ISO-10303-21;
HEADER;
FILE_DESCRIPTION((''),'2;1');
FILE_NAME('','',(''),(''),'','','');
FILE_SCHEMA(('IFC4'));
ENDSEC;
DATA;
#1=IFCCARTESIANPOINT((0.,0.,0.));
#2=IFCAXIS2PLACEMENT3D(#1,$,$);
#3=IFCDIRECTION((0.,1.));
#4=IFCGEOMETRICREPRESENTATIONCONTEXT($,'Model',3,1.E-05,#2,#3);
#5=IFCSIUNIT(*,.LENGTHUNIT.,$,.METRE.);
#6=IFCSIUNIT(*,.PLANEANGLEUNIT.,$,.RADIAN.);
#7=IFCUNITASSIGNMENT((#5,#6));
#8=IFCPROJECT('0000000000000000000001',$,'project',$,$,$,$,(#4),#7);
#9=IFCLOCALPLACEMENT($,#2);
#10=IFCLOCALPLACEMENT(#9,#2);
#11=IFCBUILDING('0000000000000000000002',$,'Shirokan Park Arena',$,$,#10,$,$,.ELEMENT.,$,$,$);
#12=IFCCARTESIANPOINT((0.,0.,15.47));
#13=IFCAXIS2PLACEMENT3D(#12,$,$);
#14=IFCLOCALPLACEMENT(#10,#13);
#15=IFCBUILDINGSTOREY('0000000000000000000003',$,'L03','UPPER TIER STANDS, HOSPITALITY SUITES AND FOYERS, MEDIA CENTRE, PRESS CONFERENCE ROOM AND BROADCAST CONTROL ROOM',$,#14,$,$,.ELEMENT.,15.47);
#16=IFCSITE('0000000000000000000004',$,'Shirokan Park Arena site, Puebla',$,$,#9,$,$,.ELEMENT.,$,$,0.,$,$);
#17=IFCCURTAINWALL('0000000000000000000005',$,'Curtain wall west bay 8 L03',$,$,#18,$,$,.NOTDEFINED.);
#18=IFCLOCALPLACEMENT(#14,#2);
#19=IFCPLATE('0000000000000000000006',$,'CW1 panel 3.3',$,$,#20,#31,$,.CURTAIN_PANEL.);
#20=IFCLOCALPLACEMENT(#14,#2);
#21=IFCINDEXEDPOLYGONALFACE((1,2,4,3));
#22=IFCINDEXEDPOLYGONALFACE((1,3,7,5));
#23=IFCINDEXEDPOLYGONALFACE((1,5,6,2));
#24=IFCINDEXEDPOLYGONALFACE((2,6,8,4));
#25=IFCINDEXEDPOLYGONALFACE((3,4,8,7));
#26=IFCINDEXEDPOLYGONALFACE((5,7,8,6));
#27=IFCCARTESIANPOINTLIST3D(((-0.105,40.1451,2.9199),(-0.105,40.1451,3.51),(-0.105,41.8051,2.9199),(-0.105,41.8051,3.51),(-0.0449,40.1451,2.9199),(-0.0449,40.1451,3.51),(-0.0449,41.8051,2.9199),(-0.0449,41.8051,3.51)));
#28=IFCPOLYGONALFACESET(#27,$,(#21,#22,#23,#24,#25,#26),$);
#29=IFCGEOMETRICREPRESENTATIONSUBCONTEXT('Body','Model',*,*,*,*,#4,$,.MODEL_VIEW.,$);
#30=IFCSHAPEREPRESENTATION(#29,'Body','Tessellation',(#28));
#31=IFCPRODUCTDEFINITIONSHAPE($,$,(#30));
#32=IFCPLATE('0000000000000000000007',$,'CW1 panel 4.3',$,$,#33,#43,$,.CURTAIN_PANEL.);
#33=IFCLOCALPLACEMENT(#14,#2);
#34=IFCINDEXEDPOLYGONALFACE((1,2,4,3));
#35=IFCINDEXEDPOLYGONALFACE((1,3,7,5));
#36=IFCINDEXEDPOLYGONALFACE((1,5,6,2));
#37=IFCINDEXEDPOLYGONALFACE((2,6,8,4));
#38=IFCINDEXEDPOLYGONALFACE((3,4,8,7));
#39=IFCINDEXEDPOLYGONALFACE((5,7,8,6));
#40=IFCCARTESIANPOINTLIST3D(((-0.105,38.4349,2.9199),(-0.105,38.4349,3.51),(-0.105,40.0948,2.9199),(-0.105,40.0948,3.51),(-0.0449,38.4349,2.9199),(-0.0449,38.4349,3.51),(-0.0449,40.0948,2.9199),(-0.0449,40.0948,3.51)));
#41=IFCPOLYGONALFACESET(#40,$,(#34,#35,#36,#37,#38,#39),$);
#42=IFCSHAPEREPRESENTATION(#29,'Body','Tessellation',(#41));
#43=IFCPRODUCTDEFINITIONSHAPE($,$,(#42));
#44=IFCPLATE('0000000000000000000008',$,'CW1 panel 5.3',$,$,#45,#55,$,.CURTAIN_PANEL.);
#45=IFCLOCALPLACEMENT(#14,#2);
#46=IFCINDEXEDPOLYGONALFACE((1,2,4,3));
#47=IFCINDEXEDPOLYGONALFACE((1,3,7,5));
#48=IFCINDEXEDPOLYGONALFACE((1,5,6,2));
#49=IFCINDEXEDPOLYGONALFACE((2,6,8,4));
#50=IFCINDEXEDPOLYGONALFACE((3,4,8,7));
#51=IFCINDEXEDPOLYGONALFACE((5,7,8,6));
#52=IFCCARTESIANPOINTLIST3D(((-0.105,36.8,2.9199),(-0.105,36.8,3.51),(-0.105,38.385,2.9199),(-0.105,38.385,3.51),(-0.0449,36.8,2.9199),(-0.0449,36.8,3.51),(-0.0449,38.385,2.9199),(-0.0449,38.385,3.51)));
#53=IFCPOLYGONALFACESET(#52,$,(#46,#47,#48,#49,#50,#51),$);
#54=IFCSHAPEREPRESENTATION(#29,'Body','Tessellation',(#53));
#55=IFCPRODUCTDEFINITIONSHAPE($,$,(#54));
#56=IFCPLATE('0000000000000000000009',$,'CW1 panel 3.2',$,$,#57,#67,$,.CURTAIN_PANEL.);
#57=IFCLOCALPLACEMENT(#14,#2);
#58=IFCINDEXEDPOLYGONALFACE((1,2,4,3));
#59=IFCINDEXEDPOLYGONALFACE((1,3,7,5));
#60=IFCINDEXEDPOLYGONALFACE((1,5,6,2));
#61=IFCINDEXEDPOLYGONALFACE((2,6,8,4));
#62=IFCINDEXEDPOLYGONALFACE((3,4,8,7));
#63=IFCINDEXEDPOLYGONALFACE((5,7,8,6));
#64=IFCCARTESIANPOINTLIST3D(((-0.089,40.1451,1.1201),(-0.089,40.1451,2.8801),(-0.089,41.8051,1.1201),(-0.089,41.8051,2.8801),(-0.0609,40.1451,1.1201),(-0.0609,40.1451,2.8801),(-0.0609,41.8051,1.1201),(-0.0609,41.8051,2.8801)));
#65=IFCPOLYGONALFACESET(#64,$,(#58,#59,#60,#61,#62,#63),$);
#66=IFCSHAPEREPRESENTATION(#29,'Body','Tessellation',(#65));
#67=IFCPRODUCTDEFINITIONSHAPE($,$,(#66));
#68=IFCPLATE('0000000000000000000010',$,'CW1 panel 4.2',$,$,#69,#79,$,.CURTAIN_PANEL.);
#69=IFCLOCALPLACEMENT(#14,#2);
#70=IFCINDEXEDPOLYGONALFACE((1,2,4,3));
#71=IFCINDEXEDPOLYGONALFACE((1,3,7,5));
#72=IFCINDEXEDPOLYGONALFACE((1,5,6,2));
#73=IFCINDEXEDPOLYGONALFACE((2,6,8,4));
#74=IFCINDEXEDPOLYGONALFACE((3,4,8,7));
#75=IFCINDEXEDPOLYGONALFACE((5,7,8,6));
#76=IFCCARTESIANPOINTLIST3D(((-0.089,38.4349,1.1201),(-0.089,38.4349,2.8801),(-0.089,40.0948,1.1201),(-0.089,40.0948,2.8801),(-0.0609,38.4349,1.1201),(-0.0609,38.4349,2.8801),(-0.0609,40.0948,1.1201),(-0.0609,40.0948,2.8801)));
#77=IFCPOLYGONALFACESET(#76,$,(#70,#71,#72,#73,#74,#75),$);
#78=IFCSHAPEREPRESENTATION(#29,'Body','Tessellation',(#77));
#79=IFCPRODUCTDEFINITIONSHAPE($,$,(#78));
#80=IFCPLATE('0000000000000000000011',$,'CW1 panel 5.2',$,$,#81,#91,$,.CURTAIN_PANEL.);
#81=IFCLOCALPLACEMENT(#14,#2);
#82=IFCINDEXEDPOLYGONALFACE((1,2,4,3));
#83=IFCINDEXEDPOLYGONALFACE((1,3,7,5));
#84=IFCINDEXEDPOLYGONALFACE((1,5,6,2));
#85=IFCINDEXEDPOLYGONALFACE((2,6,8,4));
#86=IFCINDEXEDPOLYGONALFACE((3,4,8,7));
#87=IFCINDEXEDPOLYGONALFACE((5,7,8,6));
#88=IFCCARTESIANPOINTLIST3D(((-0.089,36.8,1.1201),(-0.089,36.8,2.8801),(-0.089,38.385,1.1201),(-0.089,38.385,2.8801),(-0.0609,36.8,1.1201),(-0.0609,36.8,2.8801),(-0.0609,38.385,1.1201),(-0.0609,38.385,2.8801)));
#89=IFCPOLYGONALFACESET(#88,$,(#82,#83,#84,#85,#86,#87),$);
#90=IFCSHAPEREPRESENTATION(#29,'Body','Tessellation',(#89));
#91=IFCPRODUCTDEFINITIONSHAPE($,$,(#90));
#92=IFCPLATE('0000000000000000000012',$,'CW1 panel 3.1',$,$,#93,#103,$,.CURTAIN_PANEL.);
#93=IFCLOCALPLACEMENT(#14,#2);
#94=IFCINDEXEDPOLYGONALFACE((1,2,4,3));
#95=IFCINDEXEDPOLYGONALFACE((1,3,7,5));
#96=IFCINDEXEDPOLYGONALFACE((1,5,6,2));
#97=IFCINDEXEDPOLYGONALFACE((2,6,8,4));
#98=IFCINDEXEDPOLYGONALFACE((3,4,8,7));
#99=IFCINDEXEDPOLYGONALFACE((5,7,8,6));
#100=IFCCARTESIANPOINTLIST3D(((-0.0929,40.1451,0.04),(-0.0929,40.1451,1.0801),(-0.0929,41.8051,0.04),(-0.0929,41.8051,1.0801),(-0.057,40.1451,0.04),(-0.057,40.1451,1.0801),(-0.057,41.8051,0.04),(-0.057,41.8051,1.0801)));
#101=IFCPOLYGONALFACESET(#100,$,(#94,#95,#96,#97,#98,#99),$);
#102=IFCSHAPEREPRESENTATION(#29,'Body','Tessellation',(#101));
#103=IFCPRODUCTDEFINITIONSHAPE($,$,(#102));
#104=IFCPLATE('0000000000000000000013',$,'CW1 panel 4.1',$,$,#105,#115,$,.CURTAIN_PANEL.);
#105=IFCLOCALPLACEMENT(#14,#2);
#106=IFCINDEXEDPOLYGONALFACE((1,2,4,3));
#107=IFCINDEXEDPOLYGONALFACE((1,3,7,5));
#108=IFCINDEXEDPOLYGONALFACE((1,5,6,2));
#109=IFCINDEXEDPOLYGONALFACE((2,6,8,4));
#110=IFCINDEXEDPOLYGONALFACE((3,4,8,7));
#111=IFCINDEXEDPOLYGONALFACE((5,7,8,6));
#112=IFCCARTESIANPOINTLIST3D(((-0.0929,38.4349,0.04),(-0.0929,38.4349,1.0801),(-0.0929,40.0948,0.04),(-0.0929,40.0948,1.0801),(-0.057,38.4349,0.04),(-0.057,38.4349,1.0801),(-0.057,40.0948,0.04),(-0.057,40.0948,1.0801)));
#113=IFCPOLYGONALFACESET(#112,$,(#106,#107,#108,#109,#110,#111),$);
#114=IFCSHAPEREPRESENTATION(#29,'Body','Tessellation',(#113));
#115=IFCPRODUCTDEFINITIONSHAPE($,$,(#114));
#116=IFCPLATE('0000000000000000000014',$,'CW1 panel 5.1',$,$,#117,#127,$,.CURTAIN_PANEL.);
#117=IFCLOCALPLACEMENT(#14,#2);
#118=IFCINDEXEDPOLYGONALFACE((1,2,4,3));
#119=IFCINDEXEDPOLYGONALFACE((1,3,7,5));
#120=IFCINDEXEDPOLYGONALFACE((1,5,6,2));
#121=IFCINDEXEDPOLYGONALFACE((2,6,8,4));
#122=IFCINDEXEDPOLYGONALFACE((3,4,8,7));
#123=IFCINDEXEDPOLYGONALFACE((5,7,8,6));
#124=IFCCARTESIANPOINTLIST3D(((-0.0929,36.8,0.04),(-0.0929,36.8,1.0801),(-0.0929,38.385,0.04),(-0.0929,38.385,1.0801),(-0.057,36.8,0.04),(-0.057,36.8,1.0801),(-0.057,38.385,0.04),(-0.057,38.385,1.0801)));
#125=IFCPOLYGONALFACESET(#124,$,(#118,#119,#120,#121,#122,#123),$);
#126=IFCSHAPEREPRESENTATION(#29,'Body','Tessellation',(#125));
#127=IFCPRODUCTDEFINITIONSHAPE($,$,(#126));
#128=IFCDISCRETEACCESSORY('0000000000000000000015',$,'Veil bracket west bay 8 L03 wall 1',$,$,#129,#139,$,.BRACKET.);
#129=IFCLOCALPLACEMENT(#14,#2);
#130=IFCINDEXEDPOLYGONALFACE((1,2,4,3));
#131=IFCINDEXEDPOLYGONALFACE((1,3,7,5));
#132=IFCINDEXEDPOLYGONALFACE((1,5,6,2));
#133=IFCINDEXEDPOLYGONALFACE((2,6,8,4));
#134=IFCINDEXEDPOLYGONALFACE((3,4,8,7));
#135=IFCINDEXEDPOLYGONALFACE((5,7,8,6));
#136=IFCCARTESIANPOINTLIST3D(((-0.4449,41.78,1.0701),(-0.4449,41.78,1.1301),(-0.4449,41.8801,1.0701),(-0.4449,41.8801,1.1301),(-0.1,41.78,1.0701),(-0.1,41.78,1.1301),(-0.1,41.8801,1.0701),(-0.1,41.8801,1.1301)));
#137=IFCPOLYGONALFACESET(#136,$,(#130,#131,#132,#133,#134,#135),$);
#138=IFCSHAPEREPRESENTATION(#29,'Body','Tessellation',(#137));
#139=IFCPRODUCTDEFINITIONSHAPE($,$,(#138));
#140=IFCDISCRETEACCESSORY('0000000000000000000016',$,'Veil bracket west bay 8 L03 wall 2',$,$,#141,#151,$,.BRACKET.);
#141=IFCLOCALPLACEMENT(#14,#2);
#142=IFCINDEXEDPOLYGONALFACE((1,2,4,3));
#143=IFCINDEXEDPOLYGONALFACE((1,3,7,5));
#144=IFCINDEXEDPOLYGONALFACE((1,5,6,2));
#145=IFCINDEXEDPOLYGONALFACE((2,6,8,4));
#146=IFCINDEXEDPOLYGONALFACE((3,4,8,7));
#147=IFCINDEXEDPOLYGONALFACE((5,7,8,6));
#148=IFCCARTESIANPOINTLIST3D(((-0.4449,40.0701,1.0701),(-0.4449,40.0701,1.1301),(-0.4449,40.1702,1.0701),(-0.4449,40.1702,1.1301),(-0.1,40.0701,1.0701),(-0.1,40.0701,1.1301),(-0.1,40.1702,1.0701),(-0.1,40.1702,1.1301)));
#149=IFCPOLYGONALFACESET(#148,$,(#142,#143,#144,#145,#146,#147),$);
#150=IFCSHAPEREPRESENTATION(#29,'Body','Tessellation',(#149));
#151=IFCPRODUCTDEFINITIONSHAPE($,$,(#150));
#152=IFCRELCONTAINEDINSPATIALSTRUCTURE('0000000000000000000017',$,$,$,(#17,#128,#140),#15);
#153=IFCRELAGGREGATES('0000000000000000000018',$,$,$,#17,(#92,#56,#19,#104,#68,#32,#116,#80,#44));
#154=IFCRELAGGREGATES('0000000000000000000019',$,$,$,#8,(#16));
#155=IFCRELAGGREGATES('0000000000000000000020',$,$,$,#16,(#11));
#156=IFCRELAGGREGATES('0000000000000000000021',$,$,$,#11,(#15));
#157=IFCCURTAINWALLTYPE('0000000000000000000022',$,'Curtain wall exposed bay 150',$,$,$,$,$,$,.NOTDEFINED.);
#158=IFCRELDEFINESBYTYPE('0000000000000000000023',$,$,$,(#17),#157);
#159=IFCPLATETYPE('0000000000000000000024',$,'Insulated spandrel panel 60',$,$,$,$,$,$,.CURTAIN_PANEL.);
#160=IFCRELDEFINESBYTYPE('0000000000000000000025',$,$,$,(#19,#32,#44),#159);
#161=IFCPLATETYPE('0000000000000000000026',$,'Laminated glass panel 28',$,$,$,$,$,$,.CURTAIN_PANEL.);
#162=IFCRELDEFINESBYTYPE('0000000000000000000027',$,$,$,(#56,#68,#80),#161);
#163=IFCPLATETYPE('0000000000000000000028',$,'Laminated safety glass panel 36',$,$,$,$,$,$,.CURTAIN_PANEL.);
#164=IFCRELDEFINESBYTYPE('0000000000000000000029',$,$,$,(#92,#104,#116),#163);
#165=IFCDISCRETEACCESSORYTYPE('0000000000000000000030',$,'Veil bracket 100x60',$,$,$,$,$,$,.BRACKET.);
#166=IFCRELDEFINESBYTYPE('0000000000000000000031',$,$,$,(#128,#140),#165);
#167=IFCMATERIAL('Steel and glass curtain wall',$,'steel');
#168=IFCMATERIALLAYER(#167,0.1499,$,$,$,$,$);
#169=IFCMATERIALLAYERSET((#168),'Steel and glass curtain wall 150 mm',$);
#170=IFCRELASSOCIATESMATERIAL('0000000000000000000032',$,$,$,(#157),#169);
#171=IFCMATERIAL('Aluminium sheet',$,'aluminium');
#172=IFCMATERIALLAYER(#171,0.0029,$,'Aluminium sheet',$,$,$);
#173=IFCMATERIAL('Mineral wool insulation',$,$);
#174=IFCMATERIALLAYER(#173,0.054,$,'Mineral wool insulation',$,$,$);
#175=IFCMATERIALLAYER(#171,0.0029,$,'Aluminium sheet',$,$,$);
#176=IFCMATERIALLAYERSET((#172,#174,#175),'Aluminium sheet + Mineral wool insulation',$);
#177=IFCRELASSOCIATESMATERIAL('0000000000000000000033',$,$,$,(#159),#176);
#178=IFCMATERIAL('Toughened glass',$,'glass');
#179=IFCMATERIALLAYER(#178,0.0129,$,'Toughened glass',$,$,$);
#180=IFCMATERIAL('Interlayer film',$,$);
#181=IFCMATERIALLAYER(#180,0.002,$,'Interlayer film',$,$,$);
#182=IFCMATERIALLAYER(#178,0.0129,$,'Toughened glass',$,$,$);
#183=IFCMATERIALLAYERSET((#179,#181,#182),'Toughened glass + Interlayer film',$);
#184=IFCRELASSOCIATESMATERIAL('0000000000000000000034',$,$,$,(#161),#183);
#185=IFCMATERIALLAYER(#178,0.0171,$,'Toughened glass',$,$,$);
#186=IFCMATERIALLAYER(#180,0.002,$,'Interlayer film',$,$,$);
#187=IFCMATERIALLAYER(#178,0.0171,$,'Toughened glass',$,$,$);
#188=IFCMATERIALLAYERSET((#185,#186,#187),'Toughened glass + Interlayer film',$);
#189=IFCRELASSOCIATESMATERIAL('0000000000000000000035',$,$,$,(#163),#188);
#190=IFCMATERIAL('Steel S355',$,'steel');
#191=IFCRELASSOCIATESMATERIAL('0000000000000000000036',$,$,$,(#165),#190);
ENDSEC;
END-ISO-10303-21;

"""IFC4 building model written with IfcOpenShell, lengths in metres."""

from ifc_helpers import new_model, si_unit, direction, frame, origin, origin_2d, place, context, subcontext, project, spatial, rectangle, extrude, material, layer, layer_set, type_object, element, aggregate, save


model = new_model("IFC4")

# Units and contexts
model_context = context("Model", 3, precision=1e-05, world=origin(), true_north=direction((0.0, 1.0)))
body_context = subcontext(model_context, "Body", "Model", "MODEL_VIEW")
ifc_project = project(units=[si_unit("LENGTHUNIT", "METRE"), si_unit("PLANEANGLEUNIT", "RADIAN")], contexts=[model_context])

# Site, building, storey
site_placement = place(None, origin())
site = spatial("IfcSite", under=ifc_project, at=site_placement, Name="Shirokan Park Arena site, Puebla", CompositionType="ELEMENT", RefElevation=0.0)
building_placement = place(site_placement, origin())
building = spatial("IfcBuilding", under=site, at=building_placement, Name="Shirokan Park Arena", CompositionType="ELEMENT")
storey_placement = place(building_placement, frame((0.0, 0.0, 15.47)))
storey = spatial("IfcBuildingStorey", under=building, at=storey_placement, Name="L03", Description="UPPER TIER STANDS, HOSPITALITY SUITES AND FOYERS, MEDIA CENTRE, PRESS CONFERENCE ROOM AND BROADCAST CONTROL ROOM", CompositionType="ELEMENT", Elevation=15.47)

# Curtain wall, plates
ifc_material_1 = material(Name="Steel and glass curtain wall", Category="steel")
ifc_layer_1 = layer(ifc_material_1, 0.1499)
ifc_layer_set_1 = layer_set([ifc_layer_1], Name="Steel and glass curtain wall 150 mm")
curtain_wall_type = type_object("IfcCurtainWallType", Name="Curtain wall exposed bay 150", PredefinedType="NOTDEFINED", material=ifc_layer_set_1)
curtain_wall_placement = place(storey_placement, origin())
curtain_wall = element("IfcCurtainWall", 1, at=curtain_wall_placement, inside=storey, type_object=curtain_wall_type, Name="Curtain wall west bay 8 L03", PredefinedType="NOTDEFINED")
ifc_material_2 = material(Name="Steel S355", Category="steel")
ifc_material_3 = material(Name="Aluminium sheet", Category="aluminium")
ifc_layer_2 = layer(ifc_material_3, 0.0029, Name="Aluminium sheet")
ifc_material_4 = material(Name="Mineral wool insulation")
ifc_layer_3 = layer(ifc_material_4, 0.054, Name="Mineral wool insulation")
ifc_layer_4 = layer(ifc_material_3, 0.0029, Name="Aluminium sheet")
ifc_layer_set_2 = layer_set([ifc_layer_2, ifc_layer_3, ifc_layer_4], Name="Aluminium sheet + Mineral wool insulation")
plate_type_1 = type_object("IfcPlateType", Name="Insulated spandrel panel 60", PredefinedType="CURTAIN_PANEL", material=ifc_layer_set_2)
plate_1_placement = place(storey_placement, frame((-0.075, 40.9751, 2.9199), z_axis=(0.0, 0.0, 1.0), x_axis=(0.0, -1.0, 0.0)))
plate_1 = element("IfcPlate", 2, at=plate_1_placement, type_object=plate_type_1, Name="CW1 panel 3.3", PredefinedType="CURTAIN_PANEL", context=body_context, shape_type="SweptSolid", body=[
    extrude(rectangle(XDim=1.6599, YDim=0.0601, at=origin_2d()), origin(), (0.0, 0.0, 1.0), 0.5901),
])
plate_2_placement = place(storey_placement, frame((-0.075, 39.2649, 2.9199), z_axis=(0.0, 0.0, 1.0), x_axis=(0.0, -1.0, 0.0)))
plate_2 = element("IfcPlate", 3, at=plate_2_placement, type_object=plate_type_1, Name="CW1 panel 4.3", PredefinedType="CURTAIN_PANEL", context=body_context, shape_type="SweptSolid", body=[
    extrude(rectangle(XDim=1.6599, YDim=0.0601, at=origin_2d()), origin(), (0.0, 0.0, 1.0), 0.5901),
])
plate_3_placement = place(storey_placement, frame((-0.075, 37.5925, 2.9199), z_axis=(0.0, 0.0, 1.0), x_axis=(0.0, -1.0, 0.0)))
plate_3 = element("IfcPlate", 4, at=plate_3_placement, type_object=plate_type_1, Name="CW1 panel 5.3", PredefinedType="CURTAIN_PANEL", context=body_context, shape_type="SweptSolid", body=[
    extrude(rectangle(XDim=1.585, YDim=0.0601, at=origin_2d()), origin(), (0.0, 0.0, 1.0), 0.5901),
])
ifc_material_5 = material(Name="Toughened glass", Category="glass")
ifc_layer_5 = layer(ifc_material_5, 0.0129, Name="Toughened glass")
ifc_material_6 = material(Name="Interlayer film")
ifc_layer_6 = layer(ifc_material_6, 0.002, Name="Interlayer film")
ifc_layer_7 = layer(ifc_material_5, 0.0129, Name="Toughened glass")
ifc_layer_set_3 = layer_set([ifc_layer_5, ifc_layer_6, ifc_layer_7], Name="Toughened glass + Interlayer film")
plate_type_2 = type_object("IfcPlateType", Name="Laminated glass panel 28", PredefinedType="CURTAIN_PANEL", material=ifc_layer_set_3)
plate_4_placement = place(storey_placement, frame((-0.075, 40.9751, 1.1201), z_axis=(0.0, 0.0, 1.0), x_axis=(0.0, -1.0, 0.0)))
plate_4 = element("IfcPlate", 5, at=plate_4_placement, type_object=plate_type_2, Name="CW1 panel 3.2", PredefinedType="CURTAIN_PANEL", context=body_context, shape_type="SweptSolid", body=[
    extrude(rectangle(XDim=1.6599, YDim=0.0281, at=origin_2d()), origin(), (0.0, 0.0, 1.0), 1.76),
])
plate_5_placement = place(storey_placement, frame((-0.075, 39.2649, 1.1201), z_axis=(0.0, 0.0, 1.0), x_axis=(0.0, -1.0, 0.0)))
plate_5 = element("IfcPlate", 6, at=plate_5_placement, type_object=plate_type_2, Name="CW1 panel 4.2", PredefinedType="CURTAIN_PANEL", context=body_context, shape_type="SweptSolid", body=[
    extrude(rectangle(XDim=1.6599, YDim=0.0281, at=origin_2d()), origin(), (0.0, 0.0, 1.0), 1.76),
])
plate_6_placement = place(storey_placement, frame((-0.075, 37.5925, 1.1201), z_axis=(0.0, 0.0, 1.0), x_axis=(0.0, -1.0, 0.0)))
plate_6 = element("IfcPlate", 7, at=plate_6_placement, type_object=plate_type_2, Name="CW1 panel 5.2", PredefinedType="CURTAIN_PANEL", context=body_context, shape_type="SweptSolid", body=[
    extrude(rectangle(XDim=1.585, YDim=0.0281, at=origin_2d()), origin(), (0.0, 0.0, 1.0), 1.76),
])
ifc_layer_8 = layer(ifc_material_5, 0.0171, Name="Toughened glass")
ifc_layer_9 = layer(ifc_material_6, 0.002, Name="Interlayer film")
ifc_layer_10 = layer(ifc_material_5, 0.0171, Name="Toughened glass")
ifc_layer_set_4 = layer_set([ifc_layer_8, ifc_layer_9, ifc_layer_10], Name="Toughened glass + Interlayer film")
plate_type_3 = type_object("IfcPlateType", Name="Laminated safety glass panel 36", PredefinedType="CURTAIN_PANEL", material=ifc_layer_set_4)
plate_7_placement = place(storey_placement, frame((-0.075, 40.9751, 0.04), z_axis=(0.0, 0.0, 1.0), x_axis=(0.0, -1.0, 0.0)))
plate_7 = element("IfcPlate", 8, at=plate_7_placement, type_object=plate_type_3, Name="CW1 panel 3.1", PredefinedType="CURTAIN_PANEL", context=body_context, shape_type="SweptSolid", body=[
    extrude(rectangle(XDim=1.6599, YDim=0.0359, at=origin_2d()), origin(), (0.0, 0.0, 1.0), 1.04),
])
plate_8_placement = place(storey_placement, frame((-0.075, 39.2649, 0.04), z_axis=(0.0, 0.0, 1.0), x_axis=(0.0, -1.0, 0.0)))
plate_8 = element("IfcPlate", 9, at=plate_8_placement, type_object=plate_type_3, Name="CW1 panel 4.1", PredefinedType="CURTAIN_PANEL", context=body_context, shape_type="SweptSolid", body=[
    extrude(rectangle(XDim=1.6599, YDim=0.0359, at=origin_2d()), origin(), (0.0, 0.0, 1.0), 1.04),
])
plate_9_placement = place(storey_placement, frame((-0.075, 37.5925, 0.04), z_axis=(0.0, 0.0, 1.0), x_axis=(0.0, -1.0, 0.0)))
plate_9 = element("IfcPlate", 10, at=plate_9_placement, type_object=plate_type_3, Name="CW1 panel 5.1", PredefinedType="CURTAIN_PANEL", context=body_context, shape_type="SweptSolid", body=[
    extrude(rectangle(XDim=1.585, YDim=0.0359, at=origin_2d()), origin(), (0.0, 0.0, 1.0), 1.04),
])
aggregate(curtain_wall, [plate_7, plate_4, plate_1, plate_8, plate_5, plate_2, plate_9, plate_6, plate_3])

# Discrete accessories
discrete_accessory_type = type_object("IfcDiscreteAccessoryType", Name="Veil bracket 100x60", PredefinedType="BRACKET", material=ifc_material_2)
for number, where, z_axis, x_axis, name in (
    (11, (-0.2725, 41.8301, 1.0701), (0.0, 0.0, 1.0), (0.0, -1.0, 0.0), "Veil bracket west bay 8 L03 wall 1"),
    (12, (-0.2725, 40.1201, 1.0701), (0.0, 0.0, 1.0), (0.0, -1.0, 0.0), "Veil bracket west bay 8 L03 wall 2"),
):
    element("IfcDiscreteAccessory", number, at=place(storey_placement, frame(where, z_axis=z_axis, x_axis=x_axis)), inside=storey, type_object=discrete_accessory_type, Name=name, PredefinedType="BRACKET", context=body_context, shape_type="SweptSolid", body=[
        extrude(rectangle(XDim=0.1001, YDim=0.345, at=origin_2d()), origin(), (0.0, 0.0, 1.0), 0.0601),
    ])

save(model, "model.ifc")
